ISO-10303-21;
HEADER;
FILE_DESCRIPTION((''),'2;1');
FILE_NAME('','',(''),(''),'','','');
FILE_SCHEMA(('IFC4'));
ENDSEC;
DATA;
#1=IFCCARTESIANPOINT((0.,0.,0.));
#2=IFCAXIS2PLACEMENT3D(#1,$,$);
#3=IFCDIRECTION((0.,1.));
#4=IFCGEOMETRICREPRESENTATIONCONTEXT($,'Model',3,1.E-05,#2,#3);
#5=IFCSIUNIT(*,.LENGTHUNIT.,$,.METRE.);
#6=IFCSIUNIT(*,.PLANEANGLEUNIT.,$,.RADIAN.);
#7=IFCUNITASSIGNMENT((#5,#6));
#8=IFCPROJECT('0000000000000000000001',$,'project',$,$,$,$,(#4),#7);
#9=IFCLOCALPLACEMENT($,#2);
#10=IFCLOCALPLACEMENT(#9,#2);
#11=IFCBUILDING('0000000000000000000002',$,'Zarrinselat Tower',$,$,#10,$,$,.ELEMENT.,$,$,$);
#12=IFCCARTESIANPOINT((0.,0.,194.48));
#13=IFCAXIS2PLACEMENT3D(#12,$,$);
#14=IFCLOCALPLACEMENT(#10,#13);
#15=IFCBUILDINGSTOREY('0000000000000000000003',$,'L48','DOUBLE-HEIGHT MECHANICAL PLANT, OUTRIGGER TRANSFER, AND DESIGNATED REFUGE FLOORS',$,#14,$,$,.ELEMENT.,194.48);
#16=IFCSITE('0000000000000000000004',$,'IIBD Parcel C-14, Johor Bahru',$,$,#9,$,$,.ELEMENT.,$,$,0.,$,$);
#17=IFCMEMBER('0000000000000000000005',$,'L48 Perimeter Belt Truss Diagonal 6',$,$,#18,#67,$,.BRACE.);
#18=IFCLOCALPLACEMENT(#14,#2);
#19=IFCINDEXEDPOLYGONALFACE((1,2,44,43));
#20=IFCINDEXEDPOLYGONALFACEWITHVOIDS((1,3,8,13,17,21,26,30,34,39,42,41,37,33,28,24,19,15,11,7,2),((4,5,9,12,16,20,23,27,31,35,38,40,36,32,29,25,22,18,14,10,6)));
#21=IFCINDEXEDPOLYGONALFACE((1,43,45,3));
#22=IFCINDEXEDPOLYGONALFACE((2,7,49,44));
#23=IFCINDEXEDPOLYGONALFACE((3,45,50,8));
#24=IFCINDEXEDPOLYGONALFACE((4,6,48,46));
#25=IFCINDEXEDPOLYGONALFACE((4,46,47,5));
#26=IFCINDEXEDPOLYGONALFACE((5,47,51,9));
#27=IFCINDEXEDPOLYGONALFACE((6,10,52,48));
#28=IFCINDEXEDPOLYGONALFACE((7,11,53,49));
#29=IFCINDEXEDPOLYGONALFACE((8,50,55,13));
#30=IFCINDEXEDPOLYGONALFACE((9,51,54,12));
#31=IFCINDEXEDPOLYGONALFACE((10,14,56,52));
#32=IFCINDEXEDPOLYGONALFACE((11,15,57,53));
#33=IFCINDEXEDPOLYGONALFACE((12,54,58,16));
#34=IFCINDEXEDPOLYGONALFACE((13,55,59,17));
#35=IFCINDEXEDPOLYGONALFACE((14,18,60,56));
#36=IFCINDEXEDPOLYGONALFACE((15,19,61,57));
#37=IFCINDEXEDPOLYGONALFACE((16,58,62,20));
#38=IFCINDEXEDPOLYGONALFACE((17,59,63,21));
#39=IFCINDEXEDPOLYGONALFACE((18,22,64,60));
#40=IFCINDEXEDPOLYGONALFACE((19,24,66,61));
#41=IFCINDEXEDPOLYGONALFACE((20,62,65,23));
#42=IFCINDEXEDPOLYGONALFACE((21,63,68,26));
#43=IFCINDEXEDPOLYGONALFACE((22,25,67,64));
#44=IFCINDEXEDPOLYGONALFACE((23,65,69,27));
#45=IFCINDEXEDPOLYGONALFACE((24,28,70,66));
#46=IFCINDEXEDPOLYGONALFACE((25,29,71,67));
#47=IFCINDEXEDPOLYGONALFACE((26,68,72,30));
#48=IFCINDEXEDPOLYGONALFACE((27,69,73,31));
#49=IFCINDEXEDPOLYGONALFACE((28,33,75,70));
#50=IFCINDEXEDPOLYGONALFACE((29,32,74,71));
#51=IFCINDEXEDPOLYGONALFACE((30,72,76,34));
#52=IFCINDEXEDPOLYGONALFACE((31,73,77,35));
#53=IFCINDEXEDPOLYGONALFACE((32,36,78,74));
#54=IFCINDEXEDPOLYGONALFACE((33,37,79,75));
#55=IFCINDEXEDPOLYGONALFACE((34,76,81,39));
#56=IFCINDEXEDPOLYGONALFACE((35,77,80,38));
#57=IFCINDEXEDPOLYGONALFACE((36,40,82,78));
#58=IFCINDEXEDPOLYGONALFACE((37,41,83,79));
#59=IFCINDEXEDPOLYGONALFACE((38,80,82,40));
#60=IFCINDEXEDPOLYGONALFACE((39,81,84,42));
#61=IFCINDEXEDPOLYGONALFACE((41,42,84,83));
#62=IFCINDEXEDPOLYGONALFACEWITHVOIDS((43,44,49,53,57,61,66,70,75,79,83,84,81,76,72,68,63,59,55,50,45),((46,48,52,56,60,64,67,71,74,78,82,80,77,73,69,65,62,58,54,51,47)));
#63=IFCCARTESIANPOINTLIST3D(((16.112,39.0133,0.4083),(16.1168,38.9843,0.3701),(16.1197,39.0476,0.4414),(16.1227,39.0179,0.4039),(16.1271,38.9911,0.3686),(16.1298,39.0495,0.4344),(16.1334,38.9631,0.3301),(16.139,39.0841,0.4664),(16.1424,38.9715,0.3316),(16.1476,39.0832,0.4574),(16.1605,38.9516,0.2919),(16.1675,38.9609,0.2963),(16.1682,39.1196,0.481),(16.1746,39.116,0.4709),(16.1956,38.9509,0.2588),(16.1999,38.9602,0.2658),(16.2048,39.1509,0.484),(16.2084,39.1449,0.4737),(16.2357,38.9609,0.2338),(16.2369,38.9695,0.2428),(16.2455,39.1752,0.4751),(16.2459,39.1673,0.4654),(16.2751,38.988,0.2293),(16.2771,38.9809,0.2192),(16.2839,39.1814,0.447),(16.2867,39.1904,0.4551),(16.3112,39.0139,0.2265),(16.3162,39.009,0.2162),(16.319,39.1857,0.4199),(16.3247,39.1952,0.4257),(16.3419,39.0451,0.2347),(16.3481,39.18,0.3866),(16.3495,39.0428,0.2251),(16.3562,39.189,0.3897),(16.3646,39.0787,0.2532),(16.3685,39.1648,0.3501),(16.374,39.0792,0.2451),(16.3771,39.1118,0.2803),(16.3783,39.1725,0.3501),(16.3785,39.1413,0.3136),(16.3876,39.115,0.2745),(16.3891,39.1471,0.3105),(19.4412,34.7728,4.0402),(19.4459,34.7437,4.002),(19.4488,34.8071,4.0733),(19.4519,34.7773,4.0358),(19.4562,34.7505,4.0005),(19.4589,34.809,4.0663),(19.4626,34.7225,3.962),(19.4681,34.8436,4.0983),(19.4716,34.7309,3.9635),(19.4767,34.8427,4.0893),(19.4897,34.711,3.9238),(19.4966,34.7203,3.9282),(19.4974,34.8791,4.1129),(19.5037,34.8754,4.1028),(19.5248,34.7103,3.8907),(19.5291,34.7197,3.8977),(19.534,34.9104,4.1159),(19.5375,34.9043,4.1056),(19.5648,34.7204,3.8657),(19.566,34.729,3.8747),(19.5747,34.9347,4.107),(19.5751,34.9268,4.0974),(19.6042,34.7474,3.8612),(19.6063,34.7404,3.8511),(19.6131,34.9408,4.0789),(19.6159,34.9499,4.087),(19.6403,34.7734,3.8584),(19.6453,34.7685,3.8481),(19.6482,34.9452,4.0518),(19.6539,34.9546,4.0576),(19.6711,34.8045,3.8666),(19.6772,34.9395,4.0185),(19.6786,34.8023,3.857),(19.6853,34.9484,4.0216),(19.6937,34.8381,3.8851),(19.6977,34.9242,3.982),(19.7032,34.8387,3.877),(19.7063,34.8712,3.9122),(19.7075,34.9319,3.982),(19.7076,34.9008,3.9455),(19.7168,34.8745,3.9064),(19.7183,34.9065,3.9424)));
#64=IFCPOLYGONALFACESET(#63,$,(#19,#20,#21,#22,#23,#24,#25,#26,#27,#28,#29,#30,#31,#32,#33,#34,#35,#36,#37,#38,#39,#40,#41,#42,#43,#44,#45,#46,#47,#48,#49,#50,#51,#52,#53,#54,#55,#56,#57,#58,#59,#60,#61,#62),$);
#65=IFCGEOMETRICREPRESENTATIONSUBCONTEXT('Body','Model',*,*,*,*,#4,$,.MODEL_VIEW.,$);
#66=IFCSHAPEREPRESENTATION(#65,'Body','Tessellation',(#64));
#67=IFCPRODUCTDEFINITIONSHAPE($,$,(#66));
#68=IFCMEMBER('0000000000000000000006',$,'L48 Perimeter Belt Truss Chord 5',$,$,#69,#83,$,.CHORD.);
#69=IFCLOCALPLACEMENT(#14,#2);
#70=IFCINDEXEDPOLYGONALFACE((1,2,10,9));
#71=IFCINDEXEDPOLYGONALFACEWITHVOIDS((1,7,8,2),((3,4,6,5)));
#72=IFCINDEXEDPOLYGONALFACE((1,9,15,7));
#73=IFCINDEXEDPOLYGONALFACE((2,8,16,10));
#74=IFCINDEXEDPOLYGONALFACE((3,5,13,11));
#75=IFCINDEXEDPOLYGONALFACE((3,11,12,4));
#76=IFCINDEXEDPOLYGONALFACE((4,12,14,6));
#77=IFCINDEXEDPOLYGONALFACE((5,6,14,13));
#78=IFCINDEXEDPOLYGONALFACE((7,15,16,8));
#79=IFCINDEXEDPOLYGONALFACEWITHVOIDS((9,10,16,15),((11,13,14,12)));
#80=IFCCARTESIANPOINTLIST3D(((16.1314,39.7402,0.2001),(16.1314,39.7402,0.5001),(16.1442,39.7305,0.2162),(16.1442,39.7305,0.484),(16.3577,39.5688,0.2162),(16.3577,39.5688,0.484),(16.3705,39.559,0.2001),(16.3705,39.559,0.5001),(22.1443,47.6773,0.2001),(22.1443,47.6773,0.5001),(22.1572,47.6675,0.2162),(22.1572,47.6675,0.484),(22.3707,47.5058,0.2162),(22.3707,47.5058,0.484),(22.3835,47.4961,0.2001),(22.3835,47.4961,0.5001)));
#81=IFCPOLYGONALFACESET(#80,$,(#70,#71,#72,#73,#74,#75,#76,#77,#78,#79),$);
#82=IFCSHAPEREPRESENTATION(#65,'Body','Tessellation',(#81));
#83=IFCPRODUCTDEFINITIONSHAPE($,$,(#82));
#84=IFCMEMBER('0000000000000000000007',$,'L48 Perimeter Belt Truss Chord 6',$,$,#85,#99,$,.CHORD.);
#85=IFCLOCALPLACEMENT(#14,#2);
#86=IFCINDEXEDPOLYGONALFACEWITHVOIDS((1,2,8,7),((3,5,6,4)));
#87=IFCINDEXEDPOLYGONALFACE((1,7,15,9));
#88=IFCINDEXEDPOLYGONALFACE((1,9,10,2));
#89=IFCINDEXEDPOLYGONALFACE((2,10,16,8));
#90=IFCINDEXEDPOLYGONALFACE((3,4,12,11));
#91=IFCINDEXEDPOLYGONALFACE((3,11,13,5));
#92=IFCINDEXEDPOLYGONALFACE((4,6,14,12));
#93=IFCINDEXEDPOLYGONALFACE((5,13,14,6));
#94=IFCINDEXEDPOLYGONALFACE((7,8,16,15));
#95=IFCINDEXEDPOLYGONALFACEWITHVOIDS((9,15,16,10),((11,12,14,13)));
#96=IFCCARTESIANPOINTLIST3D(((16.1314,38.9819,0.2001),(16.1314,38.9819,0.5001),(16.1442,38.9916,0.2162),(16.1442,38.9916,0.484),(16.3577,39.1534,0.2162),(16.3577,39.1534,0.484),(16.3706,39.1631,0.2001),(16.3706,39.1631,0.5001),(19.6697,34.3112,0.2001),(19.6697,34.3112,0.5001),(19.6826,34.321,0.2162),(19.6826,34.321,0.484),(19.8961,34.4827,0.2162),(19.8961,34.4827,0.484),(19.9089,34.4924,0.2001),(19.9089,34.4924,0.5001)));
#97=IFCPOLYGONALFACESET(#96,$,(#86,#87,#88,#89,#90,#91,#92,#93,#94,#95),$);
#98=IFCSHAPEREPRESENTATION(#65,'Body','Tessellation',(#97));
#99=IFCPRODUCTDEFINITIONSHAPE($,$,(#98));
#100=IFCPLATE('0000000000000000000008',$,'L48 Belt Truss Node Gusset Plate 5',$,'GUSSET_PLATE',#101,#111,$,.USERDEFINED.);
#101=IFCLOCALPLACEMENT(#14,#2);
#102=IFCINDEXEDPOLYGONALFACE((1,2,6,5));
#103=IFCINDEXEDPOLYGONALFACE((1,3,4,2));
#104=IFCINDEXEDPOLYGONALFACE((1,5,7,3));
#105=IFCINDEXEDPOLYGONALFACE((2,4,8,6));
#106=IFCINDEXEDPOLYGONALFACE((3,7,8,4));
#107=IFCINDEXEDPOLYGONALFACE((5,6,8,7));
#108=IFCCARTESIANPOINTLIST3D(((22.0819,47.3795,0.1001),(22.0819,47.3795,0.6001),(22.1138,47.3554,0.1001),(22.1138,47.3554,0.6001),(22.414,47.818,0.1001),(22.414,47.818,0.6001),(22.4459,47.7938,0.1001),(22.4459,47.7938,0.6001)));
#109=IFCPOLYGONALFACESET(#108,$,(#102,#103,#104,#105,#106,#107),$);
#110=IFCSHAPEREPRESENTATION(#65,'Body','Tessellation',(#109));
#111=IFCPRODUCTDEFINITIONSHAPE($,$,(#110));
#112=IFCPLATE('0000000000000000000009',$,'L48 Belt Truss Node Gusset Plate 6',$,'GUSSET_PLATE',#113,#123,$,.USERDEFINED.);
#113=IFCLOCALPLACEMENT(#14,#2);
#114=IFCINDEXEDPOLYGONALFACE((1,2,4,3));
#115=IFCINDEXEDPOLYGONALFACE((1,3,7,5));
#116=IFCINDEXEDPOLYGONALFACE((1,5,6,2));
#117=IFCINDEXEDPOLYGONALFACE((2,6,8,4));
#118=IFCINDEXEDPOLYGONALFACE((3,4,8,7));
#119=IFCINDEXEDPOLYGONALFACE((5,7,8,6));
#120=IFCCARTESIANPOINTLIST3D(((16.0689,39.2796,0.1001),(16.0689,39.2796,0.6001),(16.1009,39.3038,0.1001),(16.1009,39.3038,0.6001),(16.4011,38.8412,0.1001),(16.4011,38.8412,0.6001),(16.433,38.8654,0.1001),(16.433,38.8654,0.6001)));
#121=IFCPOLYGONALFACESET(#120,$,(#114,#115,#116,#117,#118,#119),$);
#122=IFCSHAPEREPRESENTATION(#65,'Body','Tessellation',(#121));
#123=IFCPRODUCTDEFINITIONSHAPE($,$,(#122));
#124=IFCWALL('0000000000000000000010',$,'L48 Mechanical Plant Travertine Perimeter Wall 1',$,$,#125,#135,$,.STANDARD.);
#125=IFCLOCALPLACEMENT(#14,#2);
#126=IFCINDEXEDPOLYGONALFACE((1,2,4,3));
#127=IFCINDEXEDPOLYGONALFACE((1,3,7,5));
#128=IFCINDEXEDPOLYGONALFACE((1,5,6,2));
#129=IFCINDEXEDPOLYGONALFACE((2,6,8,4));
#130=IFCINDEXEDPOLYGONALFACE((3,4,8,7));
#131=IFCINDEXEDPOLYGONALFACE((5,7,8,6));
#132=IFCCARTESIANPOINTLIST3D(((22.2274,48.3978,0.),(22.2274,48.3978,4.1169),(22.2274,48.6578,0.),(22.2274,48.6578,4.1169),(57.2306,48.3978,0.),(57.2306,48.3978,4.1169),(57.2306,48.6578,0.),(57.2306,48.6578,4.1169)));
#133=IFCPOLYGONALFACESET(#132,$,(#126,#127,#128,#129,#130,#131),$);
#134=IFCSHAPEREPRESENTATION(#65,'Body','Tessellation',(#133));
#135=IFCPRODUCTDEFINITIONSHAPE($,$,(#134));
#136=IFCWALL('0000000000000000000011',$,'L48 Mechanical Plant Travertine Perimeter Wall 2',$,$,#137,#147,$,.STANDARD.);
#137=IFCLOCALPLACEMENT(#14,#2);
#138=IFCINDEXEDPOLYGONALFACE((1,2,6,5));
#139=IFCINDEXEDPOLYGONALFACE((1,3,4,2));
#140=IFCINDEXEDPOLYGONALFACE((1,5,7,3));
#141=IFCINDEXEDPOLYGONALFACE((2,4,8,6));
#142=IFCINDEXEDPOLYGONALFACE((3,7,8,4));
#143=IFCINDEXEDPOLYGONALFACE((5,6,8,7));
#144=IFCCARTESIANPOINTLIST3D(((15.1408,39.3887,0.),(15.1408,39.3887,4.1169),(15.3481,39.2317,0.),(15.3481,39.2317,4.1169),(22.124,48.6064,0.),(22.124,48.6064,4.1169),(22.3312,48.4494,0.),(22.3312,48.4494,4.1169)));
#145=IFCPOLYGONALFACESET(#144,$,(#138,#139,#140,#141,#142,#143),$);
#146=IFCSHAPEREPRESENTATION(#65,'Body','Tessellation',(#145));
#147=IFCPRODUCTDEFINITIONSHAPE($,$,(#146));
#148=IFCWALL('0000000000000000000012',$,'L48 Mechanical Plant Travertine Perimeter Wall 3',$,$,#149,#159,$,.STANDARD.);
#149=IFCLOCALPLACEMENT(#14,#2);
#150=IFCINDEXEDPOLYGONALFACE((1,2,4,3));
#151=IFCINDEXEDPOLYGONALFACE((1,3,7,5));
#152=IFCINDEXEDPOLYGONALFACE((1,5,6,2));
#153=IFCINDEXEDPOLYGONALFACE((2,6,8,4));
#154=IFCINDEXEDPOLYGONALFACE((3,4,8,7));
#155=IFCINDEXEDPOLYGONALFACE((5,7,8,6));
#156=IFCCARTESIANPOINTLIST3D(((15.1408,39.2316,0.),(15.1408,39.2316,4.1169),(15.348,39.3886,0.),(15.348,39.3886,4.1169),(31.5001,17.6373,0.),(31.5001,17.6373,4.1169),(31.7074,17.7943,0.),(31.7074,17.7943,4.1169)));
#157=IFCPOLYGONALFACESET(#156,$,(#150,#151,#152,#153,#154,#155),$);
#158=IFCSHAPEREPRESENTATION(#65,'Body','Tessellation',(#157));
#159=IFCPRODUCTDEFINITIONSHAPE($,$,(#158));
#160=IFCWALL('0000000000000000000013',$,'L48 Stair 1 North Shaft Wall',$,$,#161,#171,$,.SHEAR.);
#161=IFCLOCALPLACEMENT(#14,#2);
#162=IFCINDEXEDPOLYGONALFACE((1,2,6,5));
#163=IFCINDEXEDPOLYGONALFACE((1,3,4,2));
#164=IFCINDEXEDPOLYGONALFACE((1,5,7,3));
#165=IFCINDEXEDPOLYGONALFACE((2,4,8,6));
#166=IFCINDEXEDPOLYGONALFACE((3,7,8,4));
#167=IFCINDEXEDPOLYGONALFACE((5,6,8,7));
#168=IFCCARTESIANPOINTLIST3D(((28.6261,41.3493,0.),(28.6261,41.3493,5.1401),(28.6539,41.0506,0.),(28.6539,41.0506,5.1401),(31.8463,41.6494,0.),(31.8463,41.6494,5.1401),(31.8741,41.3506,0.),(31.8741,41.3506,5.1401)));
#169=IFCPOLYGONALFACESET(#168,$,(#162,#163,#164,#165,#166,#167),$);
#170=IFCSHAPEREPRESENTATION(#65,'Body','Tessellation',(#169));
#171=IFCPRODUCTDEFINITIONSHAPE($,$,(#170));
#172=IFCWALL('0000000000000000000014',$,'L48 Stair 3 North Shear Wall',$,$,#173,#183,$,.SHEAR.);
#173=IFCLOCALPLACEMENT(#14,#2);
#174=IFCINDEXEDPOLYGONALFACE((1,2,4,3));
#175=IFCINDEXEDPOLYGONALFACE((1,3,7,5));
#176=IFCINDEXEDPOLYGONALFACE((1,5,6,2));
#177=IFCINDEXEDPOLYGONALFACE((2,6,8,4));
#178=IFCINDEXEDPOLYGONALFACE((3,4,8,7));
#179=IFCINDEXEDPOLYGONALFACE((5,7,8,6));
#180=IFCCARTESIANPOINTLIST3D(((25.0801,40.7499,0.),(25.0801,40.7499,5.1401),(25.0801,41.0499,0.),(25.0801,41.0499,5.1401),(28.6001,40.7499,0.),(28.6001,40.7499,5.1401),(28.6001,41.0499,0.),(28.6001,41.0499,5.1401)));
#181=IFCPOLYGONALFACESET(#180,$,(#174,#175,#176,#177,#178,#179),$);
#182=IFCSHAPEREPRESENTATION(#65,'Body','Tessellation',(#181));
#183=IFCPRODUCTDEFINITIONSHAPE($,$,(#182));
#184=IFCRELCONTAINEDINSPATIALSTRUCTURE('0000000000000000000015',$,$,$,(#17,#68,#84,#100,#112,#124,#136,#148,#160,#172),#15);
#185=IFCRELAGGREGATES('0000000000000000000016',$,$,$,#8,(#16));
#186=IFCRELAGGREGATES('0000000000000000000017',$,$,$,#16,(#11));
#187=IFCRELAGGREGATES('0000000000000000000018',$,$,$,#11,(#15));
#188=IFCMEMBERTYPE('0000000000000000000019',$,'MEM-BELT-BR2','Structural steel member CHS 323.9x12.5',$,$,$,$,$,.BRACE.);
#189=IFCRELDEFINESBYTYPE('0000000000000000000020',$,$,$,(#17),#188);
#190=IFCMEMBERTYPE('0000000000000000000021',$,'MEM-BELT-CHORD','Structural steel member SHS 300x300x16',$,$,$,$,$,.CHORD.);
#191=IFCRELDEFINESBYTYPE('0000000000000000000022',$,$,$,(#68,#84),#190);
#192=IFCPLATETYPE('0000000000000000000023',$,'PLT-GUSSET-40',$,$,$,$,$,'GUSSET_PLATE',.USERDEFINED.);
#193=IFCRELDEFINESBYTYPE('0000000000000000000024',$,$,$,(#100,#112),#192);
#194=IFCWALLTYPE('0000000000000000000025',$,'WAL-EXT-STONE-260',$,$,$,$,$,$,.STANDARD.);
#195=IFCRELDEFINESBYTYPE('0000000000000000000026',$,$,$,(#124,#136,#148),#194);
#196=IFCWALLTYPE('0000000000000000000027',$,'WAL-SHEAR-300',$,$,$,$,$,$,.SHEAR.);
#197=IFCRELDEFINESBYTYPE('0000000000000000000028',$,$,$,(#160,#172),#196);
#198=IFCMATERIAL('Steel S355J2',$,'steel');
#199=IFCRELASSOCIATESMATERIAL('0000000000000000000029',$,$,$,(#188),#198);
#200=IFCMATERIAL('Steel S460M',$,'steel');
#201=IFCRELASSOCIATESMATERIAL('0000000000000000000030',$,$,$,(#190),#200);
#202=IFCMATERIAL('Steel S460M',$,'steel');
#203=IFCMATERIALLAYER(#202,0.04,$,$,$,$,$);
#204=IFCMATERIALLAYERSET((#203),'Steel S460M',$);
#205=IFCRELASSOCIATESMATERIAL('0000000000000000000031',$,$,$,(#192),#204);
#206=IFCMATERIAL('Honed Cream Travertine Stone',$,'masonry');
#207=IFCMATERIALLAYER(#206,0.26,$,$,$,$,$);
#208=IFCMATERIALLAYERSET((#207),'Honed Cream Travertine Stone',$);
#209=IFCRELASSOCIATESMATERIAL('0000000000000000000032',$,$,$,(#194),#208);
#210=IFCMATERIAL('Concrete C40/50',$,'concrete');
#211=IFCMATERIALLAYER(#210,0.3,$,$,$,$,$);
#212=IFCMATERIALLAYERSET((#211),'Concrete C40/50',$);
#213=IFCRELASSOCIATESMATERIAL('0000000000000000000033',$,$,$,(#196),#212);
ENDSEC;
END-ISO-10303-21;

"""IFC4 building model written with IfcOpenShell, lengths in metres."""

from ifc_helpers import new_model, si_unit, direction, frame, frame_2d, origin, origin_2d, place, context, subcontext, project, spatial, rectangle, hollow_rectangle, hollow_circle, extrude, material, layer, layer_set, material_profile, profile_set, type_object, element, save


model = new_model("IFC4")

# Units and contexts
model_context = context("Model", 3, precision=1e-05, world=origin(), true_north=direction((0.0, 1.0)))
body_context = subcontext(model_context, "Body", "Model", "MODEL_VIEW")
ifc_project = project(units=[si_unit("LENGTHUNIT", "METRE"), si_unit("PLANEANGLEUNIT", "RADIAN")], contexts=[model_context])

# Site, building, storey
site_placement = place(None, origin())
site = spatial("IfcSite", under=ifc_project, at=site_placement, Name="IIBD Parcel C-14, Johor Bahru", CompositionType="ELEMENT", RefElevation=0.0)
building_placement = place(site_placement, origin())
building = spatial("IfcBuilding", under=site, at=building_placement, Name="Zarrinselat Tower", CompositionType="ELEMENT")
storey_placement = place(building_placement, frame((0.0, 0.0, 194.48)))
storey = spatial("IfcBuildingStorey", under=building, at=storey_placement, Name="L48", Description="DOUBLE-HEIGHT MECHANICAL PLANT, OUTRIGGER TRANSFER, AND DESIGNATED REFUGE FLOORS", CompositionType="ELEMENT", Elevation=194.48)

# Members
ifc_material_1 = material(Name="Steel S355J2", Category="steel")
ifc_material_profile_1 = material_profile(ifc_material_1, hollow_circle(Radius=0.1619, WallThickness=0.0125, at=origin_2d()), Name="CHS 323.9x12.5")
ifc_profile_set_1 = profile_set([ifc_material_profile_1], Name="Steel S355J2")
member_type_1 = type_object("IfcMemberType", Name="MEM-BELT-BR2", Description="Structural steel member CHS 323.9x12.5", PredefinedType="BRACE", material=ifc_profile_set_1)
member_1_placement = place(storey_placement, frame((16.251, 39.0725, 0.3501), z_axis=(0.51214, -0.652344, 0.558712), x_axis=(0.786562, 0.617512, 0.0)))
element("IfcMember", 1, at=member_1_placement, inside=storey, type_object=member_type_1, Name="L48 Perimeter Belt Truss Diagonal 6", PredefinedType="BRACE", context=body_context, shape_type="SweptSolid", body=[
    extrude(hollow_circle(Radius=0.1619, WallThickness=0.0125, at=origin_2d()), origin(), (0.0, 0.0, 1.0), 6.5005),
])
ifc_material_2 = material(Name="Steel S460M", Category="steel")
ifc_material_profile_2 = material_profile(ifc_material_2, hollow_rectangle(XDim=0.3, YDim=0.3, WallThickness=0.0161, at=origin_2d()), Name="SHS 300x300x16")
ifc_profile_set_2 = profile_set([ifc_material_profile_2], Name="Steel S460M")
member_type_2 = type_object("IfcMemberType", Name="MEM-BELT-CHORD", Description="Structural steel member SHS 300x300x16", PredefinedType="CHORD", material=ifc_profile_set_2)
member_2_placement = place(storey_placement, frame((22.2639, 47.5867, 0.3501), z_axis=(-0.603861, -0.79709, 0.0), x_axis=(0.79709, -0.603861, 0.0)))
element("IfcMember", 2, at=member_2_placement, inside=storey, type_object=member_type_2, Name="L48 Perimeter Belt Truss Chord 5", PredefinedType="CHORD", context=body_context, shape_type="SweptSolid", body=[
    extrude(hollow_rectangle(XDim=0.3, YDim=0.3, WallThickness=0.0161, at=origin_2d()), origin(), (0.0, 0.0, 1.0), 9.9575),
])
member_3_placement = place(storey_placement, frame((16.251, 39.0725, 0.3501), z_axis=(0.603853, -0.797096, 0.0), x_axis=(0.797096, 0.603853, 0.0)))
element("IfcMember", 3, at=member_3_placement, inside=storey, type_object=member_type_2, Name="L48 Perimeter Belt Truss Chord 6", PredefinedType="CHORD", context=body_context, shape_type="SweptSolid", body=[
    extrude(hollow_rectangle(XDim=0.3, YDim=0.3, WallThickness=0.0161, at=origin_2d()), origin(), (0.0, 0.0, 1.0), 5.8596),
])

# Plates
ifc_material_3 = material(Name="Steel S460M", Category="steel")
ifc_layer_1 = layer(ifc_material_3, 0.04)
ifc_layer_set_1 = layer_set([ifc_layer_1], Name="Steel S460M")
plate_type = type_object("IfcPlateType", Name="PLT-GUSSET-40", ElementType="GUSSET_PLATE", PredefinedType="USERDEFINED", material=ifc_layer_set_1)
for number, where, z_axis, x_axis, name in (
    (4, (22.2639, 47.5867, 0.1001), (0.0, 0.0, 1.0), (-0.603854, -0.797095, 0.0), "L48 Belt Truss Node Gusset Plate 5"),
    (5, (16.251, 39.0725, 0.1001), (0.0, 0.0, 1.0), (0.603854, -0.797095, 0.0), "L48 Belt Truss Node Gusset Plate 6"),
):
    element("IfcPlate", number, at=place(storey_placement, frame(where, z_axis=z_axis, x_axis=x_axis)), inside=storey, type_object=plate_type, Name=name, ObjectType="GUSSET_PLATE", PredefinedType="USERDEFINED", context=body_context, shape_type="SweptSolid", body=[
        extrude(rectangle(XDim=0.55, YDim=0.04, at=origin_2d()), origin(), (0.0, 0.0, 1.0), 0.5),
    ])

# Walls
ifc_material_4 = material(Name="Honed Cream Travertine Stone", Category="masonry")
ifc_layer_2 = layer(ifc_material_4, 0.26)
ifc_layer_set_2 = layer_set([ifc_layer_2], Name="Honed Cream Travertine Stone")
wall_type_1 = type_object("IfcWallType", Name="WAL-EXT-STONE-260", PredefinedType="STANDARD", material=ifc_layer_set_2)
wall_1_placement = place(storey_placement, frame((22.2275, 48.5278, 0.0), z_axis=(0.0, 0.0, 1.0), x_axis=(1.0, 0.0, 0.0)))
element("IfcWall", 6, at=wall_1_placement, inside=storey, type_object=wall_type_1, Name="L48 Mechanical Plant Travertine Perimeter Wall 1", PredefinedType="STANDARD", context=body_context, shape_type="SweptSolid", body=[
    extrude(rectangle(XDim=35.0032, YDim=0.26, at=frame_2d((17.5015, 0.0))), origin(), (0.0, 0.0, 1.0), 4.1169),
])
wall_2_placement = place(storey_placement, frame((15.2444, 39.3101, 0.0), z_axis=(0.0, 0.0, 1.0), x_axis=(0.603857, 0.797092, 0.0)))
element("IfcWall", 7, at=wall_2_placement, inside=storey, type_object=wall_type_1, Name="L48 Mechanical Plant Travertine Perimeter Wall 2", PredefinedType="STANDARD", context=body_context, shape_type="SweptSolid", body=[
    extrude(rectangle(XDim=11.5642, YDim=0.26, at=frame_2d((5.7822, 0.0))), origin(), (0.0, 0.0, 1.0), 4.1169),
])
wall_3_placement = place(storey_placement, frame((15.2444, 39.3101, 0.0), z_axis=(0.0, 0.0, 1.0), x_axis=(0.60386, -0.79709, 0.0)))
element("IfcWall", 8, at=wall_3_placement, inside=storey, type_object=wall_type_1, Name="L48 Mechanical Plant Travertine Perimeter Wall 3", PredefinedType="STANDARD", context=body_context, shape_type="SweptSolid", body=[
    extrude(rectangle(XDim=27.0913, YDim=0.26, at=frame_2d((13.5457, 0.0))), origin(), (0.0, 0.0, 1.0), 4.1169),
])
ifc_material_5 = material(Name="Concrete C40/50", Category="concrete")
ifc_layer_3 = layer(ifc_material_5, 0.3)
ifc_layer_set_3 = layer_set([ifc_layer_3], Name="Concrete C40/50")
wall_type_2 = type_object("IfcWallType", Name="WAL-SHEAR-300", PredefinedType="SHEAR", material=ifc_layer_set_3)
wall_4_placement = place(storey_placement, frame((28.6399, 41.2, 0.0), z_axis=(0.0, 0.0, 1.0), x_axis=(0.995687, 0.092775, 0.0)))
element("IfcWall", 9, at=wall_4_placement, inside=storey, type_object=wall_type_2, Name="L48 Stair 1 North Shaft Wall", PredefinedType="SHEAR", context=body_context, shape_type="SweptSolid", body=[
    extrude(rectangle(XDim=3.2341, YDim=0.3, at=frame_2d((1.6172, 0.0))), origin(), (0.0, 0.0, 1.0), 5.1401),
])
wall_5_placement = place(storey_placement, frame((25.0801, 40.8999, 0.0), z_axis=(0.0, 0.0, 1.0), x_axis=(1.0, 0.0, 0.0)))
element("IfcWall", 10, at=wall_5_placement, inside=storey, type_object=wall_type_2, Name="L48 Stair 3 North Shear Wall", PredefinedType="SHEAR", context=body_context, shape_type="SweptSolid", body=[
    extrude(rectangle(XDim=3.52, YDim=0.3, at=frame_2d((1.76, 0.0))), origin(), (0.0, 0.0, 1.0), 5.1401),
])

save(model, "model.ifc")
